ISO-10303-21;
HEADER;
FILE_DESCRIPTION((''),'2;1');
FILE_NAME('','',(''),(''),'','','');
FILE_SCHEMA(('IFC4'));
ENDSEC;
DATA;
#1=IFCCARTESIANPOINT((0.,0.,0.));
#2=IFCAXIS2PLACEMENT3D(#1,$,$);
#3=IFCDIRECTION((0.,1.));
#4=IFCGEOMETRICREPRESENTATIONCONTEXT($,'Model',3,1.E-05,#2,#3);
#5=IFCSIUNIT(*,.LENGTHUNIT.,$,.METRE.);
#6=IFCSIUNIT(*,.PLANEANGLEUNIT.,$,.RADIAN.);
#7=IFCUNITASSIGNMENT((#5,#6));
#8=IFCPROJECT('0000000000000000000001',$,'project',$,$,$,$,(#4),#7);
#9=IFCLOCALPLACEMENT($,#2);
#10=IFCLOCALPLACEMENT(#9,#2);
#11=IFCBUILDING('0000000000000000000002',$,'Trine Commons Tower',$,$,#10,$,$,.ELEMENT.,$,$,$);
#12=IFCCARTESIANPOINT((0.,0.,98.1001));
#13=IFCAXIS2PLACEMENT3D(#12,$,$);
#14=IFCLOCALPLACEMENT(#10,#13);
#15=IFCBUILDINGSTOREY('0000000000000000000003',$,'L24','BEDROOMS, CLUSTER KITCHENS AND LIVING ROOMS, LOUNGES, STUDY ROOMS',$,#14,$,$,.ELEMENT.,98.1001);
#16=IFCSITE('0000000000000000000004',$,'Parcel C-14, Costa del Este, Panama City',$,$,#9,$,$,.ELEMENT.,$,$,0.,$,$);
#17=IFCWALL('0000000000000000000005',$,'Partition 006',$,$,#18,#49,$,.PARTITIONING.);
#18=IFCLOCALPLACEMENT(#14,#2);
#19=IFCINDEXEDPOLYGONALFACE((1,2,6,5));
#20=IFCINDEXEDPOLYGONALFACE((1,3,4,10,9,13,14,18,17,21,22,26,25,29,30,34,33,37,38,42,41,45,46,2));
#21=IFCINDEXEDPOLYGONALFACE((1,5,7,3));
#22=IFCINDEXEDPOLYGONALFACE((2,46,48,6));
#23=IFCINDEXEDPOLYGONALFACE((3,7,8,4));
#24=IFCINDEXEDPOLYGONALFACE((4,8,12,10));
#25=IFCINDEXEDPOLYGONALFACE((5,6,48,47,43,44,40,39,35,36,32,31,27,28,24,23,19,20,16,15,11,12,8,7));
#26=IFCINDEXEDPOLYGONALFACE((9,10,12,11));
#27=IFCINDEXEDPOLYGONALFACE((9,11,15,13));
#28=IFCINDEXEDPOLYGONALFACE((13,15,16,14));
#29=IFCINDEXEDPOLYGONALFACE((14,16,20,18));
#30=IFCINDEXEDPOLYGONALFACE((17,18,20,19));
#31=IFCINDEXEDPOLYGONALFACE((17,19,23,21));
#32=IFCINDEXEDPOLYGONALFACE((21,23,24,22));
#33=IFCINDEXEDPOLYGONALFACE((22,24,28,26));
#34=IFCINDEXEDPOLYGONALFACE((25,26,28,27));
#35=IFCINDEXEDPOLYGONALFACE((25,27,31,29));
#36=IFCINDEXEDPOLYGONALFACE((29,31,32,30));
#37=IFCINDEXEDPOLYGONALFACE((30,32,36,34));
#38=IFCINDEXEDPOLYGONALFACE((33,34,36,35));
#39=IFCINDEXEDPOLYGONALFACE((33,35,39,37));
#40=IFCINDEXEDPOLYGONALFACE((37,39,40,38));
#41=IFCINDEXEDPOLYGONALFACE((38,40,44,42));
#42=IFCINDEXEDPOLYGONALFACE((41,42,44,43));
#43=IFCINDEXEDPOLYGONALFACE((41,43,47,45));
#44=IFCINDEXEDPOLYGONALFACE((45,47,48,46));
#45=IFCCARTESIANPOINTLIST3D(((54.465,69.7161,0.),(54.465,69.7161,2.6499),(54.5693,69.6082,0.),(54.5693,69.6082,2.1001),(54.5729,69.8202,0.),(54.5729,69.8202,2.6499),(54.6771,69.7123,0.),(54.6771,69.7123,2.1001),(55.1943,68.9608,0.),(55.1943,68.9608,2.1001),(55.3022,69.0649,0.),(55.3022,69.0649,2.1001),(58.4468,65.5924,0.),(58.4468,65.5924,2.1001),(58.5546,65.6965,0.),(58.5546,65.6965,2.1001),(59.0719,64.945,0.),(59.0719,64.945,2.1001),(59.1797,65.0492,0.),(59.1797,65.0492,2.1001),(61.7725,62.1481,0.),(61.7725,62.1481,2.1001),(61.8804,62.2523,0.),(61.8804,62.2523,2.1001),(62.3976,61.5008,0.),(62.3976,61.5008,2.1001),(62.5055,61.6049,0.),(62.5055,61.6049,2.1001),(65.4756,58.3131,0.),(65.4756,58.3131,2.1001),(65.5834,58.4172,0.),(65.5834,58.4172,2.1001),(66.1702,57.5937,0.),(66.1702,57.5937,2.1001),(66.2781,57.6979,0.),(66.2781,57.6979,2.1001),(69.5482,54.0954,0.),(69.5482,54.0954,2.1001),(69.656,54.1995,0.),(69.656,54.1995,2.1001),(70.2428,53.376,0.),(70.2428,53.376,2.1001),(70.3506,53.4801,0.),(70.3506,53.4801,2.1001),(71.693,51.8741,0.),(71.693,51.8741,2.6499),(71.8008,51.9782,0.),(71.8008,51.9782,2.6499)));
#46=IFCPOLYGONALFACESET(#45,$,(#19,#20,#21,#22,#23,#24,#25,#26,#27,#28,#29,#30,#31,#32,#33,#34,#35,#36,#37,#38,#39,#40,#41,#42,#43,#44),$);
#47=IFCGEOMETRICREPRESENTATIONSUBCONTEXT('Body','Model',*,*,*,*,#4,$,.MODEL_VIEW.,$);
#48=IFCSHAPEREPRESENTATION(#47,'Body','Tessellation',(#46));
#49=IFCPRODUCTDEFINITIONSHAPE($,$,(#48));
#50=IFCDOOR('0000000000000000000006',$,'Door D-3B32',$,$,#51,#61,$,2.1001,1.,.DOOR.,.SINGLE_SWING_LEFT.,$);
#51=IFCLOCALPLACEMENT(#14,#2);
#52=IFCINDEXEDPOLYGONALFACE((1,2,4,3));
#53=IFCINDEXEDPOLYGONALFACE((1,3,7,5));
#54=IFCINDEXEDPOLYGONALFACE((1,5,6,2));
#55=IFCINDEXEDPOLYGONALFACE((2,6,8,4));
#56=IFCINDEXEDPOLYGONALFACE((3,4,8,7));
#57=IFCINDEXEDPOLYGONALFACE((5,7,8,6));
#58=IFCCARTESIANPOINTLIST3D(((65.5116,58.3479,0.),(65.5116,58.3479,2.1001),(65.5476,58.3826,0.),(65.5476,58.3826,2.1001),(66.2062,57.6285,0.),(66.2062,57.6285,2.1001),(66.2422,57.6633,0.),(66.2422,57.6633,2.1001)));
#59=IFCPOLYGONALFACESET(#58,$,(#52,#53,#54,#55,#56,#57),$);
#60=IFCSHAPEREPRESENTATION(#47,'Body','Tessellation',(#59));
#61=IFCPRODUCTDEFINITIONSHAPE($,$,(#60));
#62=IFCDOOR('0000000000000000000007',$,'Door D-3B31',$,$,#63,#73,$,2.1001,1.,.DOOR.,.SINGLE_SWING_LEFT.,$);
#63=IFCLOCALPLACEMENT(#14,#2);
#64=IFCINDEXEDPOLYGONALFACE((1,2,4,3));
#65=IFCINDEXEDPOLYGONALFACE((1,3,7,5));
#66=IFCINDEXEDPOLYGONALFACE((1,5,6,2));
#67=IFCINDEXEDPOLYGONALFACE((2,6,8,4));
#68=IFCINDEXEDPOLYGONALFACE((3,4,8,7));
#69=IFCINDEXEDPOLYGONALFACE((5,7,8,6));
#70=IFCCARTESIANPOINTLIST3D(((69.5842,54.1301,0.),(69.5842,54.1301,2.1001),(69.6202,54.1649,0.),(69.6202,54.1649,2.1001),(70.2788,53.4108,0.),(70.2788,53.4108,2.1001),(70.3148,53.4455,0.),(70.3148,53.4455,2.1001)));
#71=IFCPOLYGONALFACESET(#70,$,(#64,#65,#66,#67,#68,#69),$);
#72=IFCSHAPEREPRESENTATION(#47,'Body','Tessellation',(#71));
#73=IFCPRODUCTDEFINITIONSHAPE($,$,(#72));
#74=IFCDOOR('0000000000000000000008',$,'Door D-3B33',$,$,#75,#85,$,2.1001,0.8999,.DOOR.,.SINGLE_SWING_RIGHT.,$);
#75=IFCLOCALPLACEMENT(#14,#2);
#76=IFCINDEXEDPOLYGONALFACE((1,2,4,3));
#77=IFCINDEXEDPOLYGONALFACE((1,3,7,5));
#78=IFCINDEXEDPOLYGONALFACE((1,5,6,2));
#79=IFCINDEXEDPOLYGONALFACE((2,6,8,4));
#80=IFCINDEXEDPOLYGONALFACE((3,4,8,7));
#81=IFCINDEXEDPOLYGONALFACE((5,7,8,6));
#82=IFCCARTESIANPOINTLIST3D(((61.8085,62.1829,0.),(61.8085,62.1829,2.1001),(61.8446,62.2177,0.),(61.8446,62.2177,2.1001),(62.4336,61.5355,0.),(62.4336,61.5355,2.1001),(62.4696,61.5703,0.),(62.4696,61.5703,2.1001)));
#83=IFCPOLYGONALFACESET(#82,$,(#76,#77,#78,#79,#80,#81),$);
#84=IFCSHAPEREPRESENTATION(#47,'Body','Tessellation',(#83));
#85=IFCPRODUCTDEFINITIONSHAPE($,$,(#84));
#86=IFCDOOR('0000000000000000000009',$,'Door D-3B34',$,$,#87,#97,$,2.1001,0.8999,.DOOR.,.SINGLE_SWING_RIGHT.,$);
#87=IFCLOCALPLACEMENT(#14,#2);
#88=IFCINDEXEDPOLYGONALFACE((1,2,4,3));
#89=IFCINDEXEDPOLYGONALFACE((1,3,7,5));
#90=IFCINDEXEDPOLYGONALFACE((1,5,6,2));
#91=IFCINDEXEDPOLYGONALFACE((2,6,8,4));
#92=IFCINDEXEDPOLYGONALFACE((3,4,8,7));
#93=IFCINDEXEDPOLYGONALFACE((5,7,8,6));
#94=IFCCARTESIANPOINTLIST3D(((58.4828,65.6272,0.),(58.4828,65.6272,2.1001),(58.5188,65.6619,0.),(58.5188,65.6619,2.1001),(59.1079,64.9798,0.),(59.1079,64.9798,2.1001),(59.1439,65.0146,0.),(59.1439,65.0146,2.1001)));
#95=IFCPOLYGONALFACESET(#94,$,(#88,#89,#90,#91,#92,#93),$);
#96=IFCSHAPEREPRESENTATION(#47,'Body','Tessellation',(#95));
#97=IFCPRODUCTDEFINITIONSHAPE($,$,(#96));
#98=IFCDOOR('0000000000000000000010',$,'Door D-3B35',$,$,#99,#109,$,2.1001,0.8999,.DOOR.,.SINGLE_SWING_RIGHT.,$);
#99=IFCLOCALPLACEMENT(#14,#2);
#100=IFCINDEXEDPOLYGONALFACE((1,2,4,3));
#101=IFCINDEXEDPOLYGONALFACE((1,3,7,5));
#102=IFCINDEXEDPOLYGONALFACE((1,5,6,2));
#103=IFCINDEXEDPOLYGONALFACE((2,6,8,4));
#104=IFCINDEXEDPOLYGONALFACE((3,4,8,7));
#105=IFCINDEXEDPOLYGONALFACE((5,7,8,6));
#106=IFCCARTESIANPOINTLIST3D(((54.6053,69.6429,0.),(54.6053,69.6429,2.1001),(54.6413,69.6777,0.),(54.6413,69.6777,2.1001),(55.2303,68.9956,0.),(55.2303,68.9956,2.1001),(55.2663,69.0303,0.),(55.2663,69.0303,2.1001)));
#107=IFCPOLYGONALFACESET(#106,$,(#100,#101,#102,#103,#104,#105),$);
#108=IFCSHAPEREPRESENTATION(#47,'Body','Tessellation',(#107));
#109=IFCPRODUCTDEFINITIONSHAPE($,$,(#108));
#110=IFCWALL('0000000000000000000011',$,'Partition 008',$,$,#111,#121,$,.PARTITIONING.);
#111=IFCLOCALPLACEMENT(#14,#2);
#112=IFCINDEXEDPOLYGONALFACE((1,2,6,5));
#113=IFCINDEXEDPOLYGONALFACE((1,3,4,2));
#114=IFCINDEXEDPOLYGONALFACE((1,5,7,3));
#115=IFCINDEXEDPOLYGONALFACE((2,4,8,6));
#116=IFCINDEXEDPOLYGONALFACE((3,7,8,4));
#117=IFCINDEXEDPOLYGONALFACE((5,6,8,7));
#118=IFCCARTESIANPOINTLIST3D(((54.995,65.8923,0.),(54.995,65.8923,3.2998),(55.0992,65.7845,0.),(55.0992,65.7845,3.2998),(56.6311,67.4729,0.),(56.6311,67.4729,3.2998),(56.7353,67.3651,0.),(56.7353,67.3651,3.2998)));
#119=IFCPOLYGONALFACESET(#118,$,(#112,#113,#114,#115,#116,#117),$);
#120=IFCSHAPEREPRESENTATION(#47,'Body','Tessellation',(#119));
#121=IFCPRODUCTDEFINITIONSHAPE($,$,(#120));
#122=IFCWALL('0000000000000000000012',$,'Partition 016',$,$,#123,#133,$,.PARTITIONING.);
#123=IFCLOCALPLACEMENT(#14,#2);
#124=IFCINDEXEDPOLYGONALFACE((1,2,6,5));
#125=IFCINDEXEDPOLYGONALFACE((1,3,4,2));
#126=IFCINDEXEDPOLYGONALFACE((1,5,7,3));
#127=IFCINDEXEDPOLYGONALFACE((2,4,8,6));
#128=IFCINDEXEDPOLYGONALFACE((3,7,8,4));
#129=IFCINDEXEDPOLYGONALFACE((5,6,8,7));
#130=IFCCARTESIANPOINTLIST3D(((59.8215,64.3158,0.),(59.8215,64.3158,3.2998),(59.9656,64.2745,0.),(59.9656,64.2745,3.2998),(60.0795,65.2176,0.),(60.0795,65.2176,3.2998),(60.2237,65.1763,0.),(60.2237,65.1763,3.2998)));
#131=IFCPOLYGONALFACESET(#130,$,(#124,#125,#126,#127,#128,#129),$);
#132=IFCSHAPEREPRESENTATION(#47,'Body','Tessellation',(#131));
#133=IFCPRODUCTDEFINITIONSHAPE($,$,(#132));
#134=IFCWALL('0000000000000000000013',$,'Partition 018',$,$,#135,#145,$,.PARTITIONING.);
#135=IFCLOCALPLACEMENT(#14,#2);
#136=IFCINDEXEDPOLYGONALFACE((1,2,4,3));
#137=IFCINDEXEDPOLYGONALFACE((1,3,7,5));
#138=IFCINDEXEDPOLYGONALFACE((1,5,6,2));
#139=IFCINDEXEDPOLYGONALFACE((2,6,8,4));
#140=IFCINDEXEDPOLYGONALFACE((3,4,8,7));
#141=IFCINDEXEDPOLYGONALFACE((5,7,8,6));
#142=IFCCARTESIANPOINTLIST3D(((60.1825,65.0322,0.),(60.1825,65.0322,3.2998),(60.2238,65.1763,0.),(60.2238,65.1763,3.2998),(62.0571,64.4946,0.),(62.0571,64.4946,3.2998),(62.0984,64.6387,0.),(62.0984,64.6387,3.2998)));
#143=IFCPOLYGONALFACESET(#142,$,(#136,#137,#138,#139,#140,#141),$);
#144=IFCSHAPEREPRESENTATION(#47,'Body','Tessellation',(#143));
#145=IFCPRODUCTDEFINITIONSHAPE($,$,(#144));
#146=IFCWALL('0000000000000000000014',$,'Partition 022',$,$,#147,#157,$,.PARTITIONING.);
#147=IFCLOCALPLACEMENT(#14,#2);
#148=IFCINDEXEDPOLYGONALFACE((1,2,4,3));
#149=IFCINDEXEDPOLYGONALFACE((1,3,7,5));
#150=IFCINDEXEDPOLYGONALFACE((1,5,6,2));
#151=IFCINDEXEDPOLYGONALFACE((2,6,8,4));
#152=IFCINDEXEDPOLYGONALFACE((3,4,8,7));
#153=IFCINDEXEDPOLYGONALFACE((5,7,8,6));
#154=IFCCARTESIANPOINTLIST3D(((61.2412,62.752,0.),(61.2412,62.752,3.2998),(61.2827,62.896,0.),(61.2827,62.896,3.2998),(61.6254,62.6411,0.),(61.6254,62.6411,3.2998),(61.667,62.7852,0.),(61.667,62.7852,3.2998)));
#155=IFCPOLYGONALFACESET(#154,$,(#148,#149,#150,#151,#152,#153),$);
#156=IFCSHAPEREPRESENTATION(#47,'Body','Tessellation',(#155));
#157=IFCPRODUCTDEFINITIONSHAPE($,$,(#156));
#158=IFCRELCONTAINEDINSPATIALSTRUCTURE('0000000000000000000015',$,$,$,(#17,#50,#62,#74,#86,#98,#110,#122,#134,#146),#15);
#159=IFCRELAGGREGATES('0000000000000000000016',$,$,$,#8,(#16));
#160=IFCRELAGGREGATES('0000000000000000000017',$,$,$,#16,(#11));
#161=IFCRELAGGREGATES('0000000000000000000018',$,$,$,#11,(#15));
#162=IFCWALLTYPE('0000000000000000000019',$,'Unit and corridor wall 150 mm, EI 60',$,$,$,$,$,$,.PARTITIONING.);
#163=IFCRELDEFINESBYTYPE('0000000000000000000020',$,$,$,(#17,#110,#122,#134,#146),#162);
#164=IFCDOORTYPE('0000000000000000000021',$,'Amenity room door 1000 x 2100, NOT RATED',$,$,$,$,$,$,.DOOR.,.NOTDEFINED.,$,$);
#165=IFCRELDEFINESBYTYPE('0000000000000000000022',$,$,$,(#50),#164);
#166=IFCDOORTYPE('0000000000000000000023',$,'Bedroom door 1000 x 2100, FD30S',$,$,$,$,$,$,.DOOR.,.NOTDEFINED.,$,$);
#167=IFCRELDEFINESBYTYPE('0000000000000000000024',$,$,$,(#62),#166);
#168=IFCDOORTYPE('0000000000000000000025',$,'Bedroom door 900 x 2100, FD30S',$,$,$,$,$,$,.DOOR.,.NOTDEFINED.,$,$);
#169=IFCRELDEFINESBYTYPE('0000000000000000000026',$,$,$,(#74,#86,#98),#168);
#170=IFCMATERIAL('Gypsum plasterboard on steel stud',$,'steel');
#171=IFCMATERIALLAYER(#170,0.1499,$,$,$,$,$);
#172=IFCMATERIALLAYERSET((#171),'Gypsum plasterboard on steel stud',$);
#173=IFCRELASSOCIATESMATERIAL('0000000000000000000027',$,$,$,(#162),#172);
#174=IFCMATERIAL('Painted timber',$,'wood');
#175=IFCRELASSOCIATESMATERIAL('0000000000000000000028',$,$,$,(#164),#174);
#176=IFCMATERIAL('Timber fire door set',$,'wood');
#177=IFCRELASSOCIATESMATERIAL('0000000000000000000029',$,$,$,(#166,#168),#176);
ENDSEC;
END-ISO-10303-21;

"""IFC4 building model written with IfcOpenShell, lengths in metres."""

from ifc_helpers import new_model, si_unit, direction, frame, frame_2d, origin, place, context, subcontext, project, spatial, rectangle, extrude, material, layer, layer_set, type_object, element, fill, save


model = new_model("IFC4")

# Units and contexts
model_context = context("Model", 3, precision=1e-05, world=origin(), true_north=direction((0.0, 1.0)))
body_context = subcontext(model_context, "Body", "Model", "MODEL_VIEW")
ifc_project = project(units=[si_unit("LENGTHUNIT", "METRE"), si_unit("PLANEANGLEUNIT", "RADIAN")], contexts=[model_context])

# Site, building, storey
site_placement = place(None, origin())
site = spatial("IfcSite", under=ifc_project, at=site_placement, Name="Parcel C-14, Costa del Este, Panama City", CompositionType="ELEMENT", RefElevation=0.0)
building_placement = place(site_placement, origin())
building = spatial("IfcBuilding", under=site, at=building_placement, Name="Trine Commons Tower", CompositionType="ELEMENT")
storey_placement = place(building_placement, frame((0.0, 0.0, 98.1001)))
storey = spatial("IfcBuildingStorey", under=building, at=storey_placement, Name="L24", Description="BEDROOMS, CLUSTER KITCHENS AND LIVING ROOMS, LOUNGES, STUDY ROOMS", CompositionType="ELEMENT", Elevation=98.1001)

# Wall, openings, doors
ifc_material_1 = material(Name="Gypsum plasterboard on steel stud", Category="steel")
ifc_layer_1 = layer(ifc_material_1, 0.1499)
ifc_layer_set_1 = layer_set([ifc_layer_1], Name="Gypsum plasterboard on steel stud")
wall_type_1 = type_object("IfcWallType", Name="Unit and corridor wall 150 mm, EI 60", PredefinedType="PARTITIONING", material=ifc_layer_set_1)
wall_1_placement = place(storey_placement, frame((54.519, 69.7681, 0.0), z_axis=(0.0, 0.0, 1.0), x_axis=(0.69462, -0.719377, 0.0)))
wall_1 = element("IfcWall", 1, at=wall_1_placement, inside=storey, type_object=wall_type_1, Name="Partition 006", PredefinedType="PARTITIONING", context=body_context, shape_type="SweptSolid", body=[
    extrude(rectangle(XDim=24.802, YDim=0.1499, at=frame_2d((12.4009, 0.0))), origin(), (0.0, 0.0, 1.0), 2.6499),
])
opening_1_placement = place(wall_1_placement, frame((21.7141, 0.0, 0.0)))
opening_1 = element("IfcOpeningElement", 2, at=opening_1_placement, cuts=wall_1, PredefinedType="OPENING", context=body_context, shape_type="SweptSolid", body=[
    extrude(rectangle(XDim=1.0, YDim=2.1001, at=frame_2d((0.5, 1.05))), frame((0.0, 0.085, 0.0), z_axis=(0.0, -1.0, 0.0), x_axis=(1.0, 0.0, 0.0)), (0.0, 0.0, 1.0), 0.1699),
])
opening_2_placement = place(wall_1_placement, frame((15.8511, 0.0, 0.0)))
opening_2 = element("IfcOpeningElement", 3, at=opening_2_placement, cuts=wall_1, PredefinedType="OPENING", context=body_context, shape_type="SweptSolid", body=[
    extrude(rectangle(XDim=1.0, YDim=2.1001, at=frame_2d((0.5, 1.05))), frame((0.0, 0.085, 0.0), z_axis=(0.0, -1.0, 0.0), x_axis=(1.0, 0.0, 0.0)), (0.0, 0.0, 1.0), 0.1699),
])
opening_3_placement = place(wall_1_placement, frame((10.52, 0.0, 0.0)))
opening_3 = element("IfcOpeningElement", 4, at=opening_3_placement, cuts=wall_1, PredefinedType="OPENING", context=body_context, shape_type="SweptSolid", body=[
    extrude(rectangle(XDim=0.8999, YDim=2.1001, at=frame_2d((0.45, 1.05))), frame((0.0, 0.085, 0.0), z_axis=(0.0, -1.0, 0.0), x_axis=(1.0, 0.0, 0.0)), (0.0, 0.0, 1.0), 0.1699),
])
opening_4_placement = place(wall_1_placement, frame((5.7322, 0.0, 0.0)))
opening_4 = element("IfcOpeningElement", 5, at=opening_4_placement, cuts=wall_1, PredefinedType="OPENING", context=body_context, shape_type="SweptSolid", body=[
    extrude(rectangle(XDim=0.8999, YDim=2.1001, at=frame_2d((0.45, 1.05))), frame((0.0, 0.085, 0.0), z_axis=(0.0, -1.0, 0.0), x_axis=(1.0, 0.0, 0.0)), (0.0, 0.0, 1.0), 0.1699),
])
opening_5_placement = place(wall_1_placement, frame((0.1499, 0.0, 0.0)))
opening_5 = element("IfcOpeningElement", 6, at=opening_5_placement, cuts=wall_1, PredefinedType="OPENING", context=body_context, shape_type="SweptSolid", body=[
    extrude(rectangle(XDim=0.8999, YDim=2.1001, at=frame_2d((0.45, 1.05))), frame((0.0, 0.085, 0.0), z_axis=(0.0, -1.0, 0.0), x_axis=(1.0, 0.0, 0.0)), (0.0, 0.0, 1.0), 0.1699),
])
ifc_material_2 = material(Name="Painted timber", Category="wood")
door_type_1 = type_object("IfcDoorType", Name="Amenity room door 1000 x 2100, NOT RATED", OperationType="NOTDEFINED", PredefinedType="DOOR", material=ifc_material_2)
door_1_placement = place(opening_2_placement, frame((1.0, 0.0, 0.0), z_axis=(0.0, 0.0, 1.0), x_axis=(-1.0, 0.0, 0.0)))
door_1 = element("IfcDoor", 7, at=door_1_placement, inside=storey, type_object=door_type_1, Name="Door D-3B32", OperationType="SINGLE_SWING_LEFT", OverallHeight=2.1001, OverallWidth=1.0, PredefinedType="DOOR", context=body_context, shape_type="SweptSolid", body=[
    extrude(rectangle(XDim=1.0, YDim=2.1001, at=frame_2d((0.5, 1.05))), frame((0.0, 0.0249, 0.0), z_axis=(0.0, -1.0, 0.0), x_axis=(1.0, 0.0, 0.0)), (0.0, 0.0, 1.0), 0.05),
])
fill(opening_2, door_1)
ifc_material_3 = material(Name="Timber fire door set", Category="wood")
door_type_2 = type_object("IfcDoorType", Name="Bedroom door 1000 x 2100, FD30S", OperationType="NOTDEFINED", PredefinedType="DOOR", material=ifc_material_3)
door_2_placement = place(opening_1_placement, frame((1.0, 0.0, 0.0), z_axis=(0.0, 0.0, 1.0), x_axis=(-1.0, 0.0, 0.0)))
door_2 = element("IfcDoor", 8, at=door_2_placement, inside=storey, type_object=door_type_2, Name="Door D-3B31", OperationType="SINGLE_SWING_LEFT", OverallHeight=2.1001, OverallWidth=1.0, PredefinedType="DOOR", context=body_context, shape_type="SweptSolid", body=[
    extrude(rectangle(XDim=1.0, YDim=2.1001, at=frame_2d((0.5, 1.05))), frame((0.0, 0.0249, 0.0), z_axis=(0.0, -1.0, 0.0), x_axis=(1.0, 0.0, 0.0)), (0.0, 0.0, 1.0), 0.05),
])
fill(opening_1, door_2)
door_type_3 = type_object("IfcDoorType", Name="Bedroom door 900 x 2100, FD30S", OperationType="NOTDEFINED", PredefinedType="DOOR", material=ifc_material_3)
door_3_placement = place(opening_3_placement, frame((0.8999, 0.0, 0.0), z_axis=(0.0, 0.0, 1.0), x_axis=(-1.0, 0.0, 0.0)))
door_3 = element("IfcDoor", 9, at=door_3_placement, inside=storey, type_object=door_type_3, Name="Door D-3B33", OperationType="SINGLE_SWING_RIGHT", OverallHeight=2.1001, OverallWidth=0.8999, PredefinedType="DOOR", context=body_context, shape_type="SweptSolid", body=[
    extrude(rectangle(XDim=0.8999, YDim=2.1001, at=frame_2d((0.45, 1.05))), frame((0.0, 0.0249, 0.0), z_axis=(0.0, -1.0, 0.0), x_axis=(1.0, 0.0, 0.0)), (0.0, 0.0, 1.0), 0.05),
])
fill(opening_3, door_3)
door_4_placement = place(opening_4_placement, frame((0.8999, 0.0, 0.0), z_axis=(0.0, 0.0, 1.0), x_axis=(-1.0, 0.0, 0.0)))
door_4 = element("IfcDoor", 10, at=door_4_placement, inside=storey, type_object=door_type_3, Name="Door D-3B34", OperationType="SINGLE_SWING_RIGHT", OverallHeight=2.1001, OverallWidth=0.8999, PredefinedType="DOOR", context=body_context, shape_type="SweptSolid", body=[
    extrude(rectangle(XDim=0.8999, YDim=2.1001, at=frame_2d((0.45, 1.05))), frame((0.0, 0.0249, 0.0), z_axis=(0.0, -1.0, 0.0), x_axis=(1.0, 0.0, 0.0)), (0.0, 0.0, 1.0), 0.05),
])
fill(opening_4, door_4)
door_5_placement = place(opening_5_placement, frame((0.8999, 0.0, 0.0), z_axis=(0.0, 0.0, 1.0), x_axis=(-1.0, 0.0, 0.0)))
door_5 = element("IfcDoor", 11, at=door_5_placement, inside=storey, type_object=door_type_3, Name="Door D-3B35", OperationType="SINGLE_SWING_RIGHT", OverallHeight=2.1001, OverallWidth=0.8999, PredefinedType="DOOR", context=body_context, shape_type="SweptSolid", body=[
    extrude(rectangle(XDim=0.8999, YDim=2.1001, at=frame_2d((0.45, 1.05))), frame((0.0, 0.0249, 0.0), z_axis=(0.0, -1.0, 0.0), x_axis=(1.0, 0.0, 0.0)), (0.0, 0.0, 1.0), 0.05),
])
fill(opening_5, door_5)

# Walls
wall_2_placement = place(storey_placement, frame((55.0471, 65.8384, 0.0), z_axis=(0.0, 0.0, 1.0), x_axis=(0.719183, 0.69482, 0.0)))
element("IfcWall", 12, at=wall_2_placement, inside=storey, type_object=wall_type_1, Name="Partition 008", PredefinedType="PARTITIONING", context=body_context, shape_type="SweptSolid", body=[
    extrude(rectangle(XDim=2.2749, YDim=0.1499, at=frame_2d((1.1375, 0.0))), origin(), (0.0, 0.0, 1.0), 3.2998),
])
wall_3_placement = place(storey_placement, frame((59.8936, 64.2952, 0.0), z_axis=(0.0, 0.0, 1.0), x_axis=(0.275099, 0.961416, 0.0)))
element("IfcWall", 13, at=wall_3_placement, inside=storey, type_object=wall_type_1, Name="Partition 016", PredefinedType="PARTITIONING", context=body_context, shape_type="SweptSolid", body=[
    extrude(rectangle(XDim=0.938, YDim=0.1499, at=frame_2d((0.469, 0.0))), origin(), (0.0, 0.0, 1.0), 3.2998),
])
wall_4_placement = place(storey_placement, frame((60.2031, 65.1042, 0.0), z_axis=(0.0, 0.0, 1.0), x_axis=(0.961259, -0.275647, 0.0)))
element("IfcWall", 14, at=wall_4_placement, inside=storey, type_object=wall_type_1, Name="Partition 018", PredefinedType="PARTITIONING", context=body_context, shape_type="SweptSolid", body=[
    extrude(rectangle(XDim=1.9502, YDim=0.1499, at=frame_2d((0.9751, 0.0))), origin(), (0.0, 0.0, 1.0), 3.2998),
])
wall_5_placement = place(storey_placement, frame((61.262, 62.824, 0.0), z_axis=(0.0, 0.0, 1.0), x_axis=(0.96083, -0.277139, 0.0)))
element("IfcWall", 15, at=wall_5_placement, inside=storey, type_object=wall_type_1, Name="Partition 022", PredefinedType="PARTITIONING", context=body_context, shape_type="SweptSolid", body=[
    extrude(rectangle(XDim=0.3999, YDim=0.1499, at=frame_2d((0.2, 0.0))), origin(), (0.0, 0.0, 1.0), 3.2998),
])

save(model, "model.ifc")
